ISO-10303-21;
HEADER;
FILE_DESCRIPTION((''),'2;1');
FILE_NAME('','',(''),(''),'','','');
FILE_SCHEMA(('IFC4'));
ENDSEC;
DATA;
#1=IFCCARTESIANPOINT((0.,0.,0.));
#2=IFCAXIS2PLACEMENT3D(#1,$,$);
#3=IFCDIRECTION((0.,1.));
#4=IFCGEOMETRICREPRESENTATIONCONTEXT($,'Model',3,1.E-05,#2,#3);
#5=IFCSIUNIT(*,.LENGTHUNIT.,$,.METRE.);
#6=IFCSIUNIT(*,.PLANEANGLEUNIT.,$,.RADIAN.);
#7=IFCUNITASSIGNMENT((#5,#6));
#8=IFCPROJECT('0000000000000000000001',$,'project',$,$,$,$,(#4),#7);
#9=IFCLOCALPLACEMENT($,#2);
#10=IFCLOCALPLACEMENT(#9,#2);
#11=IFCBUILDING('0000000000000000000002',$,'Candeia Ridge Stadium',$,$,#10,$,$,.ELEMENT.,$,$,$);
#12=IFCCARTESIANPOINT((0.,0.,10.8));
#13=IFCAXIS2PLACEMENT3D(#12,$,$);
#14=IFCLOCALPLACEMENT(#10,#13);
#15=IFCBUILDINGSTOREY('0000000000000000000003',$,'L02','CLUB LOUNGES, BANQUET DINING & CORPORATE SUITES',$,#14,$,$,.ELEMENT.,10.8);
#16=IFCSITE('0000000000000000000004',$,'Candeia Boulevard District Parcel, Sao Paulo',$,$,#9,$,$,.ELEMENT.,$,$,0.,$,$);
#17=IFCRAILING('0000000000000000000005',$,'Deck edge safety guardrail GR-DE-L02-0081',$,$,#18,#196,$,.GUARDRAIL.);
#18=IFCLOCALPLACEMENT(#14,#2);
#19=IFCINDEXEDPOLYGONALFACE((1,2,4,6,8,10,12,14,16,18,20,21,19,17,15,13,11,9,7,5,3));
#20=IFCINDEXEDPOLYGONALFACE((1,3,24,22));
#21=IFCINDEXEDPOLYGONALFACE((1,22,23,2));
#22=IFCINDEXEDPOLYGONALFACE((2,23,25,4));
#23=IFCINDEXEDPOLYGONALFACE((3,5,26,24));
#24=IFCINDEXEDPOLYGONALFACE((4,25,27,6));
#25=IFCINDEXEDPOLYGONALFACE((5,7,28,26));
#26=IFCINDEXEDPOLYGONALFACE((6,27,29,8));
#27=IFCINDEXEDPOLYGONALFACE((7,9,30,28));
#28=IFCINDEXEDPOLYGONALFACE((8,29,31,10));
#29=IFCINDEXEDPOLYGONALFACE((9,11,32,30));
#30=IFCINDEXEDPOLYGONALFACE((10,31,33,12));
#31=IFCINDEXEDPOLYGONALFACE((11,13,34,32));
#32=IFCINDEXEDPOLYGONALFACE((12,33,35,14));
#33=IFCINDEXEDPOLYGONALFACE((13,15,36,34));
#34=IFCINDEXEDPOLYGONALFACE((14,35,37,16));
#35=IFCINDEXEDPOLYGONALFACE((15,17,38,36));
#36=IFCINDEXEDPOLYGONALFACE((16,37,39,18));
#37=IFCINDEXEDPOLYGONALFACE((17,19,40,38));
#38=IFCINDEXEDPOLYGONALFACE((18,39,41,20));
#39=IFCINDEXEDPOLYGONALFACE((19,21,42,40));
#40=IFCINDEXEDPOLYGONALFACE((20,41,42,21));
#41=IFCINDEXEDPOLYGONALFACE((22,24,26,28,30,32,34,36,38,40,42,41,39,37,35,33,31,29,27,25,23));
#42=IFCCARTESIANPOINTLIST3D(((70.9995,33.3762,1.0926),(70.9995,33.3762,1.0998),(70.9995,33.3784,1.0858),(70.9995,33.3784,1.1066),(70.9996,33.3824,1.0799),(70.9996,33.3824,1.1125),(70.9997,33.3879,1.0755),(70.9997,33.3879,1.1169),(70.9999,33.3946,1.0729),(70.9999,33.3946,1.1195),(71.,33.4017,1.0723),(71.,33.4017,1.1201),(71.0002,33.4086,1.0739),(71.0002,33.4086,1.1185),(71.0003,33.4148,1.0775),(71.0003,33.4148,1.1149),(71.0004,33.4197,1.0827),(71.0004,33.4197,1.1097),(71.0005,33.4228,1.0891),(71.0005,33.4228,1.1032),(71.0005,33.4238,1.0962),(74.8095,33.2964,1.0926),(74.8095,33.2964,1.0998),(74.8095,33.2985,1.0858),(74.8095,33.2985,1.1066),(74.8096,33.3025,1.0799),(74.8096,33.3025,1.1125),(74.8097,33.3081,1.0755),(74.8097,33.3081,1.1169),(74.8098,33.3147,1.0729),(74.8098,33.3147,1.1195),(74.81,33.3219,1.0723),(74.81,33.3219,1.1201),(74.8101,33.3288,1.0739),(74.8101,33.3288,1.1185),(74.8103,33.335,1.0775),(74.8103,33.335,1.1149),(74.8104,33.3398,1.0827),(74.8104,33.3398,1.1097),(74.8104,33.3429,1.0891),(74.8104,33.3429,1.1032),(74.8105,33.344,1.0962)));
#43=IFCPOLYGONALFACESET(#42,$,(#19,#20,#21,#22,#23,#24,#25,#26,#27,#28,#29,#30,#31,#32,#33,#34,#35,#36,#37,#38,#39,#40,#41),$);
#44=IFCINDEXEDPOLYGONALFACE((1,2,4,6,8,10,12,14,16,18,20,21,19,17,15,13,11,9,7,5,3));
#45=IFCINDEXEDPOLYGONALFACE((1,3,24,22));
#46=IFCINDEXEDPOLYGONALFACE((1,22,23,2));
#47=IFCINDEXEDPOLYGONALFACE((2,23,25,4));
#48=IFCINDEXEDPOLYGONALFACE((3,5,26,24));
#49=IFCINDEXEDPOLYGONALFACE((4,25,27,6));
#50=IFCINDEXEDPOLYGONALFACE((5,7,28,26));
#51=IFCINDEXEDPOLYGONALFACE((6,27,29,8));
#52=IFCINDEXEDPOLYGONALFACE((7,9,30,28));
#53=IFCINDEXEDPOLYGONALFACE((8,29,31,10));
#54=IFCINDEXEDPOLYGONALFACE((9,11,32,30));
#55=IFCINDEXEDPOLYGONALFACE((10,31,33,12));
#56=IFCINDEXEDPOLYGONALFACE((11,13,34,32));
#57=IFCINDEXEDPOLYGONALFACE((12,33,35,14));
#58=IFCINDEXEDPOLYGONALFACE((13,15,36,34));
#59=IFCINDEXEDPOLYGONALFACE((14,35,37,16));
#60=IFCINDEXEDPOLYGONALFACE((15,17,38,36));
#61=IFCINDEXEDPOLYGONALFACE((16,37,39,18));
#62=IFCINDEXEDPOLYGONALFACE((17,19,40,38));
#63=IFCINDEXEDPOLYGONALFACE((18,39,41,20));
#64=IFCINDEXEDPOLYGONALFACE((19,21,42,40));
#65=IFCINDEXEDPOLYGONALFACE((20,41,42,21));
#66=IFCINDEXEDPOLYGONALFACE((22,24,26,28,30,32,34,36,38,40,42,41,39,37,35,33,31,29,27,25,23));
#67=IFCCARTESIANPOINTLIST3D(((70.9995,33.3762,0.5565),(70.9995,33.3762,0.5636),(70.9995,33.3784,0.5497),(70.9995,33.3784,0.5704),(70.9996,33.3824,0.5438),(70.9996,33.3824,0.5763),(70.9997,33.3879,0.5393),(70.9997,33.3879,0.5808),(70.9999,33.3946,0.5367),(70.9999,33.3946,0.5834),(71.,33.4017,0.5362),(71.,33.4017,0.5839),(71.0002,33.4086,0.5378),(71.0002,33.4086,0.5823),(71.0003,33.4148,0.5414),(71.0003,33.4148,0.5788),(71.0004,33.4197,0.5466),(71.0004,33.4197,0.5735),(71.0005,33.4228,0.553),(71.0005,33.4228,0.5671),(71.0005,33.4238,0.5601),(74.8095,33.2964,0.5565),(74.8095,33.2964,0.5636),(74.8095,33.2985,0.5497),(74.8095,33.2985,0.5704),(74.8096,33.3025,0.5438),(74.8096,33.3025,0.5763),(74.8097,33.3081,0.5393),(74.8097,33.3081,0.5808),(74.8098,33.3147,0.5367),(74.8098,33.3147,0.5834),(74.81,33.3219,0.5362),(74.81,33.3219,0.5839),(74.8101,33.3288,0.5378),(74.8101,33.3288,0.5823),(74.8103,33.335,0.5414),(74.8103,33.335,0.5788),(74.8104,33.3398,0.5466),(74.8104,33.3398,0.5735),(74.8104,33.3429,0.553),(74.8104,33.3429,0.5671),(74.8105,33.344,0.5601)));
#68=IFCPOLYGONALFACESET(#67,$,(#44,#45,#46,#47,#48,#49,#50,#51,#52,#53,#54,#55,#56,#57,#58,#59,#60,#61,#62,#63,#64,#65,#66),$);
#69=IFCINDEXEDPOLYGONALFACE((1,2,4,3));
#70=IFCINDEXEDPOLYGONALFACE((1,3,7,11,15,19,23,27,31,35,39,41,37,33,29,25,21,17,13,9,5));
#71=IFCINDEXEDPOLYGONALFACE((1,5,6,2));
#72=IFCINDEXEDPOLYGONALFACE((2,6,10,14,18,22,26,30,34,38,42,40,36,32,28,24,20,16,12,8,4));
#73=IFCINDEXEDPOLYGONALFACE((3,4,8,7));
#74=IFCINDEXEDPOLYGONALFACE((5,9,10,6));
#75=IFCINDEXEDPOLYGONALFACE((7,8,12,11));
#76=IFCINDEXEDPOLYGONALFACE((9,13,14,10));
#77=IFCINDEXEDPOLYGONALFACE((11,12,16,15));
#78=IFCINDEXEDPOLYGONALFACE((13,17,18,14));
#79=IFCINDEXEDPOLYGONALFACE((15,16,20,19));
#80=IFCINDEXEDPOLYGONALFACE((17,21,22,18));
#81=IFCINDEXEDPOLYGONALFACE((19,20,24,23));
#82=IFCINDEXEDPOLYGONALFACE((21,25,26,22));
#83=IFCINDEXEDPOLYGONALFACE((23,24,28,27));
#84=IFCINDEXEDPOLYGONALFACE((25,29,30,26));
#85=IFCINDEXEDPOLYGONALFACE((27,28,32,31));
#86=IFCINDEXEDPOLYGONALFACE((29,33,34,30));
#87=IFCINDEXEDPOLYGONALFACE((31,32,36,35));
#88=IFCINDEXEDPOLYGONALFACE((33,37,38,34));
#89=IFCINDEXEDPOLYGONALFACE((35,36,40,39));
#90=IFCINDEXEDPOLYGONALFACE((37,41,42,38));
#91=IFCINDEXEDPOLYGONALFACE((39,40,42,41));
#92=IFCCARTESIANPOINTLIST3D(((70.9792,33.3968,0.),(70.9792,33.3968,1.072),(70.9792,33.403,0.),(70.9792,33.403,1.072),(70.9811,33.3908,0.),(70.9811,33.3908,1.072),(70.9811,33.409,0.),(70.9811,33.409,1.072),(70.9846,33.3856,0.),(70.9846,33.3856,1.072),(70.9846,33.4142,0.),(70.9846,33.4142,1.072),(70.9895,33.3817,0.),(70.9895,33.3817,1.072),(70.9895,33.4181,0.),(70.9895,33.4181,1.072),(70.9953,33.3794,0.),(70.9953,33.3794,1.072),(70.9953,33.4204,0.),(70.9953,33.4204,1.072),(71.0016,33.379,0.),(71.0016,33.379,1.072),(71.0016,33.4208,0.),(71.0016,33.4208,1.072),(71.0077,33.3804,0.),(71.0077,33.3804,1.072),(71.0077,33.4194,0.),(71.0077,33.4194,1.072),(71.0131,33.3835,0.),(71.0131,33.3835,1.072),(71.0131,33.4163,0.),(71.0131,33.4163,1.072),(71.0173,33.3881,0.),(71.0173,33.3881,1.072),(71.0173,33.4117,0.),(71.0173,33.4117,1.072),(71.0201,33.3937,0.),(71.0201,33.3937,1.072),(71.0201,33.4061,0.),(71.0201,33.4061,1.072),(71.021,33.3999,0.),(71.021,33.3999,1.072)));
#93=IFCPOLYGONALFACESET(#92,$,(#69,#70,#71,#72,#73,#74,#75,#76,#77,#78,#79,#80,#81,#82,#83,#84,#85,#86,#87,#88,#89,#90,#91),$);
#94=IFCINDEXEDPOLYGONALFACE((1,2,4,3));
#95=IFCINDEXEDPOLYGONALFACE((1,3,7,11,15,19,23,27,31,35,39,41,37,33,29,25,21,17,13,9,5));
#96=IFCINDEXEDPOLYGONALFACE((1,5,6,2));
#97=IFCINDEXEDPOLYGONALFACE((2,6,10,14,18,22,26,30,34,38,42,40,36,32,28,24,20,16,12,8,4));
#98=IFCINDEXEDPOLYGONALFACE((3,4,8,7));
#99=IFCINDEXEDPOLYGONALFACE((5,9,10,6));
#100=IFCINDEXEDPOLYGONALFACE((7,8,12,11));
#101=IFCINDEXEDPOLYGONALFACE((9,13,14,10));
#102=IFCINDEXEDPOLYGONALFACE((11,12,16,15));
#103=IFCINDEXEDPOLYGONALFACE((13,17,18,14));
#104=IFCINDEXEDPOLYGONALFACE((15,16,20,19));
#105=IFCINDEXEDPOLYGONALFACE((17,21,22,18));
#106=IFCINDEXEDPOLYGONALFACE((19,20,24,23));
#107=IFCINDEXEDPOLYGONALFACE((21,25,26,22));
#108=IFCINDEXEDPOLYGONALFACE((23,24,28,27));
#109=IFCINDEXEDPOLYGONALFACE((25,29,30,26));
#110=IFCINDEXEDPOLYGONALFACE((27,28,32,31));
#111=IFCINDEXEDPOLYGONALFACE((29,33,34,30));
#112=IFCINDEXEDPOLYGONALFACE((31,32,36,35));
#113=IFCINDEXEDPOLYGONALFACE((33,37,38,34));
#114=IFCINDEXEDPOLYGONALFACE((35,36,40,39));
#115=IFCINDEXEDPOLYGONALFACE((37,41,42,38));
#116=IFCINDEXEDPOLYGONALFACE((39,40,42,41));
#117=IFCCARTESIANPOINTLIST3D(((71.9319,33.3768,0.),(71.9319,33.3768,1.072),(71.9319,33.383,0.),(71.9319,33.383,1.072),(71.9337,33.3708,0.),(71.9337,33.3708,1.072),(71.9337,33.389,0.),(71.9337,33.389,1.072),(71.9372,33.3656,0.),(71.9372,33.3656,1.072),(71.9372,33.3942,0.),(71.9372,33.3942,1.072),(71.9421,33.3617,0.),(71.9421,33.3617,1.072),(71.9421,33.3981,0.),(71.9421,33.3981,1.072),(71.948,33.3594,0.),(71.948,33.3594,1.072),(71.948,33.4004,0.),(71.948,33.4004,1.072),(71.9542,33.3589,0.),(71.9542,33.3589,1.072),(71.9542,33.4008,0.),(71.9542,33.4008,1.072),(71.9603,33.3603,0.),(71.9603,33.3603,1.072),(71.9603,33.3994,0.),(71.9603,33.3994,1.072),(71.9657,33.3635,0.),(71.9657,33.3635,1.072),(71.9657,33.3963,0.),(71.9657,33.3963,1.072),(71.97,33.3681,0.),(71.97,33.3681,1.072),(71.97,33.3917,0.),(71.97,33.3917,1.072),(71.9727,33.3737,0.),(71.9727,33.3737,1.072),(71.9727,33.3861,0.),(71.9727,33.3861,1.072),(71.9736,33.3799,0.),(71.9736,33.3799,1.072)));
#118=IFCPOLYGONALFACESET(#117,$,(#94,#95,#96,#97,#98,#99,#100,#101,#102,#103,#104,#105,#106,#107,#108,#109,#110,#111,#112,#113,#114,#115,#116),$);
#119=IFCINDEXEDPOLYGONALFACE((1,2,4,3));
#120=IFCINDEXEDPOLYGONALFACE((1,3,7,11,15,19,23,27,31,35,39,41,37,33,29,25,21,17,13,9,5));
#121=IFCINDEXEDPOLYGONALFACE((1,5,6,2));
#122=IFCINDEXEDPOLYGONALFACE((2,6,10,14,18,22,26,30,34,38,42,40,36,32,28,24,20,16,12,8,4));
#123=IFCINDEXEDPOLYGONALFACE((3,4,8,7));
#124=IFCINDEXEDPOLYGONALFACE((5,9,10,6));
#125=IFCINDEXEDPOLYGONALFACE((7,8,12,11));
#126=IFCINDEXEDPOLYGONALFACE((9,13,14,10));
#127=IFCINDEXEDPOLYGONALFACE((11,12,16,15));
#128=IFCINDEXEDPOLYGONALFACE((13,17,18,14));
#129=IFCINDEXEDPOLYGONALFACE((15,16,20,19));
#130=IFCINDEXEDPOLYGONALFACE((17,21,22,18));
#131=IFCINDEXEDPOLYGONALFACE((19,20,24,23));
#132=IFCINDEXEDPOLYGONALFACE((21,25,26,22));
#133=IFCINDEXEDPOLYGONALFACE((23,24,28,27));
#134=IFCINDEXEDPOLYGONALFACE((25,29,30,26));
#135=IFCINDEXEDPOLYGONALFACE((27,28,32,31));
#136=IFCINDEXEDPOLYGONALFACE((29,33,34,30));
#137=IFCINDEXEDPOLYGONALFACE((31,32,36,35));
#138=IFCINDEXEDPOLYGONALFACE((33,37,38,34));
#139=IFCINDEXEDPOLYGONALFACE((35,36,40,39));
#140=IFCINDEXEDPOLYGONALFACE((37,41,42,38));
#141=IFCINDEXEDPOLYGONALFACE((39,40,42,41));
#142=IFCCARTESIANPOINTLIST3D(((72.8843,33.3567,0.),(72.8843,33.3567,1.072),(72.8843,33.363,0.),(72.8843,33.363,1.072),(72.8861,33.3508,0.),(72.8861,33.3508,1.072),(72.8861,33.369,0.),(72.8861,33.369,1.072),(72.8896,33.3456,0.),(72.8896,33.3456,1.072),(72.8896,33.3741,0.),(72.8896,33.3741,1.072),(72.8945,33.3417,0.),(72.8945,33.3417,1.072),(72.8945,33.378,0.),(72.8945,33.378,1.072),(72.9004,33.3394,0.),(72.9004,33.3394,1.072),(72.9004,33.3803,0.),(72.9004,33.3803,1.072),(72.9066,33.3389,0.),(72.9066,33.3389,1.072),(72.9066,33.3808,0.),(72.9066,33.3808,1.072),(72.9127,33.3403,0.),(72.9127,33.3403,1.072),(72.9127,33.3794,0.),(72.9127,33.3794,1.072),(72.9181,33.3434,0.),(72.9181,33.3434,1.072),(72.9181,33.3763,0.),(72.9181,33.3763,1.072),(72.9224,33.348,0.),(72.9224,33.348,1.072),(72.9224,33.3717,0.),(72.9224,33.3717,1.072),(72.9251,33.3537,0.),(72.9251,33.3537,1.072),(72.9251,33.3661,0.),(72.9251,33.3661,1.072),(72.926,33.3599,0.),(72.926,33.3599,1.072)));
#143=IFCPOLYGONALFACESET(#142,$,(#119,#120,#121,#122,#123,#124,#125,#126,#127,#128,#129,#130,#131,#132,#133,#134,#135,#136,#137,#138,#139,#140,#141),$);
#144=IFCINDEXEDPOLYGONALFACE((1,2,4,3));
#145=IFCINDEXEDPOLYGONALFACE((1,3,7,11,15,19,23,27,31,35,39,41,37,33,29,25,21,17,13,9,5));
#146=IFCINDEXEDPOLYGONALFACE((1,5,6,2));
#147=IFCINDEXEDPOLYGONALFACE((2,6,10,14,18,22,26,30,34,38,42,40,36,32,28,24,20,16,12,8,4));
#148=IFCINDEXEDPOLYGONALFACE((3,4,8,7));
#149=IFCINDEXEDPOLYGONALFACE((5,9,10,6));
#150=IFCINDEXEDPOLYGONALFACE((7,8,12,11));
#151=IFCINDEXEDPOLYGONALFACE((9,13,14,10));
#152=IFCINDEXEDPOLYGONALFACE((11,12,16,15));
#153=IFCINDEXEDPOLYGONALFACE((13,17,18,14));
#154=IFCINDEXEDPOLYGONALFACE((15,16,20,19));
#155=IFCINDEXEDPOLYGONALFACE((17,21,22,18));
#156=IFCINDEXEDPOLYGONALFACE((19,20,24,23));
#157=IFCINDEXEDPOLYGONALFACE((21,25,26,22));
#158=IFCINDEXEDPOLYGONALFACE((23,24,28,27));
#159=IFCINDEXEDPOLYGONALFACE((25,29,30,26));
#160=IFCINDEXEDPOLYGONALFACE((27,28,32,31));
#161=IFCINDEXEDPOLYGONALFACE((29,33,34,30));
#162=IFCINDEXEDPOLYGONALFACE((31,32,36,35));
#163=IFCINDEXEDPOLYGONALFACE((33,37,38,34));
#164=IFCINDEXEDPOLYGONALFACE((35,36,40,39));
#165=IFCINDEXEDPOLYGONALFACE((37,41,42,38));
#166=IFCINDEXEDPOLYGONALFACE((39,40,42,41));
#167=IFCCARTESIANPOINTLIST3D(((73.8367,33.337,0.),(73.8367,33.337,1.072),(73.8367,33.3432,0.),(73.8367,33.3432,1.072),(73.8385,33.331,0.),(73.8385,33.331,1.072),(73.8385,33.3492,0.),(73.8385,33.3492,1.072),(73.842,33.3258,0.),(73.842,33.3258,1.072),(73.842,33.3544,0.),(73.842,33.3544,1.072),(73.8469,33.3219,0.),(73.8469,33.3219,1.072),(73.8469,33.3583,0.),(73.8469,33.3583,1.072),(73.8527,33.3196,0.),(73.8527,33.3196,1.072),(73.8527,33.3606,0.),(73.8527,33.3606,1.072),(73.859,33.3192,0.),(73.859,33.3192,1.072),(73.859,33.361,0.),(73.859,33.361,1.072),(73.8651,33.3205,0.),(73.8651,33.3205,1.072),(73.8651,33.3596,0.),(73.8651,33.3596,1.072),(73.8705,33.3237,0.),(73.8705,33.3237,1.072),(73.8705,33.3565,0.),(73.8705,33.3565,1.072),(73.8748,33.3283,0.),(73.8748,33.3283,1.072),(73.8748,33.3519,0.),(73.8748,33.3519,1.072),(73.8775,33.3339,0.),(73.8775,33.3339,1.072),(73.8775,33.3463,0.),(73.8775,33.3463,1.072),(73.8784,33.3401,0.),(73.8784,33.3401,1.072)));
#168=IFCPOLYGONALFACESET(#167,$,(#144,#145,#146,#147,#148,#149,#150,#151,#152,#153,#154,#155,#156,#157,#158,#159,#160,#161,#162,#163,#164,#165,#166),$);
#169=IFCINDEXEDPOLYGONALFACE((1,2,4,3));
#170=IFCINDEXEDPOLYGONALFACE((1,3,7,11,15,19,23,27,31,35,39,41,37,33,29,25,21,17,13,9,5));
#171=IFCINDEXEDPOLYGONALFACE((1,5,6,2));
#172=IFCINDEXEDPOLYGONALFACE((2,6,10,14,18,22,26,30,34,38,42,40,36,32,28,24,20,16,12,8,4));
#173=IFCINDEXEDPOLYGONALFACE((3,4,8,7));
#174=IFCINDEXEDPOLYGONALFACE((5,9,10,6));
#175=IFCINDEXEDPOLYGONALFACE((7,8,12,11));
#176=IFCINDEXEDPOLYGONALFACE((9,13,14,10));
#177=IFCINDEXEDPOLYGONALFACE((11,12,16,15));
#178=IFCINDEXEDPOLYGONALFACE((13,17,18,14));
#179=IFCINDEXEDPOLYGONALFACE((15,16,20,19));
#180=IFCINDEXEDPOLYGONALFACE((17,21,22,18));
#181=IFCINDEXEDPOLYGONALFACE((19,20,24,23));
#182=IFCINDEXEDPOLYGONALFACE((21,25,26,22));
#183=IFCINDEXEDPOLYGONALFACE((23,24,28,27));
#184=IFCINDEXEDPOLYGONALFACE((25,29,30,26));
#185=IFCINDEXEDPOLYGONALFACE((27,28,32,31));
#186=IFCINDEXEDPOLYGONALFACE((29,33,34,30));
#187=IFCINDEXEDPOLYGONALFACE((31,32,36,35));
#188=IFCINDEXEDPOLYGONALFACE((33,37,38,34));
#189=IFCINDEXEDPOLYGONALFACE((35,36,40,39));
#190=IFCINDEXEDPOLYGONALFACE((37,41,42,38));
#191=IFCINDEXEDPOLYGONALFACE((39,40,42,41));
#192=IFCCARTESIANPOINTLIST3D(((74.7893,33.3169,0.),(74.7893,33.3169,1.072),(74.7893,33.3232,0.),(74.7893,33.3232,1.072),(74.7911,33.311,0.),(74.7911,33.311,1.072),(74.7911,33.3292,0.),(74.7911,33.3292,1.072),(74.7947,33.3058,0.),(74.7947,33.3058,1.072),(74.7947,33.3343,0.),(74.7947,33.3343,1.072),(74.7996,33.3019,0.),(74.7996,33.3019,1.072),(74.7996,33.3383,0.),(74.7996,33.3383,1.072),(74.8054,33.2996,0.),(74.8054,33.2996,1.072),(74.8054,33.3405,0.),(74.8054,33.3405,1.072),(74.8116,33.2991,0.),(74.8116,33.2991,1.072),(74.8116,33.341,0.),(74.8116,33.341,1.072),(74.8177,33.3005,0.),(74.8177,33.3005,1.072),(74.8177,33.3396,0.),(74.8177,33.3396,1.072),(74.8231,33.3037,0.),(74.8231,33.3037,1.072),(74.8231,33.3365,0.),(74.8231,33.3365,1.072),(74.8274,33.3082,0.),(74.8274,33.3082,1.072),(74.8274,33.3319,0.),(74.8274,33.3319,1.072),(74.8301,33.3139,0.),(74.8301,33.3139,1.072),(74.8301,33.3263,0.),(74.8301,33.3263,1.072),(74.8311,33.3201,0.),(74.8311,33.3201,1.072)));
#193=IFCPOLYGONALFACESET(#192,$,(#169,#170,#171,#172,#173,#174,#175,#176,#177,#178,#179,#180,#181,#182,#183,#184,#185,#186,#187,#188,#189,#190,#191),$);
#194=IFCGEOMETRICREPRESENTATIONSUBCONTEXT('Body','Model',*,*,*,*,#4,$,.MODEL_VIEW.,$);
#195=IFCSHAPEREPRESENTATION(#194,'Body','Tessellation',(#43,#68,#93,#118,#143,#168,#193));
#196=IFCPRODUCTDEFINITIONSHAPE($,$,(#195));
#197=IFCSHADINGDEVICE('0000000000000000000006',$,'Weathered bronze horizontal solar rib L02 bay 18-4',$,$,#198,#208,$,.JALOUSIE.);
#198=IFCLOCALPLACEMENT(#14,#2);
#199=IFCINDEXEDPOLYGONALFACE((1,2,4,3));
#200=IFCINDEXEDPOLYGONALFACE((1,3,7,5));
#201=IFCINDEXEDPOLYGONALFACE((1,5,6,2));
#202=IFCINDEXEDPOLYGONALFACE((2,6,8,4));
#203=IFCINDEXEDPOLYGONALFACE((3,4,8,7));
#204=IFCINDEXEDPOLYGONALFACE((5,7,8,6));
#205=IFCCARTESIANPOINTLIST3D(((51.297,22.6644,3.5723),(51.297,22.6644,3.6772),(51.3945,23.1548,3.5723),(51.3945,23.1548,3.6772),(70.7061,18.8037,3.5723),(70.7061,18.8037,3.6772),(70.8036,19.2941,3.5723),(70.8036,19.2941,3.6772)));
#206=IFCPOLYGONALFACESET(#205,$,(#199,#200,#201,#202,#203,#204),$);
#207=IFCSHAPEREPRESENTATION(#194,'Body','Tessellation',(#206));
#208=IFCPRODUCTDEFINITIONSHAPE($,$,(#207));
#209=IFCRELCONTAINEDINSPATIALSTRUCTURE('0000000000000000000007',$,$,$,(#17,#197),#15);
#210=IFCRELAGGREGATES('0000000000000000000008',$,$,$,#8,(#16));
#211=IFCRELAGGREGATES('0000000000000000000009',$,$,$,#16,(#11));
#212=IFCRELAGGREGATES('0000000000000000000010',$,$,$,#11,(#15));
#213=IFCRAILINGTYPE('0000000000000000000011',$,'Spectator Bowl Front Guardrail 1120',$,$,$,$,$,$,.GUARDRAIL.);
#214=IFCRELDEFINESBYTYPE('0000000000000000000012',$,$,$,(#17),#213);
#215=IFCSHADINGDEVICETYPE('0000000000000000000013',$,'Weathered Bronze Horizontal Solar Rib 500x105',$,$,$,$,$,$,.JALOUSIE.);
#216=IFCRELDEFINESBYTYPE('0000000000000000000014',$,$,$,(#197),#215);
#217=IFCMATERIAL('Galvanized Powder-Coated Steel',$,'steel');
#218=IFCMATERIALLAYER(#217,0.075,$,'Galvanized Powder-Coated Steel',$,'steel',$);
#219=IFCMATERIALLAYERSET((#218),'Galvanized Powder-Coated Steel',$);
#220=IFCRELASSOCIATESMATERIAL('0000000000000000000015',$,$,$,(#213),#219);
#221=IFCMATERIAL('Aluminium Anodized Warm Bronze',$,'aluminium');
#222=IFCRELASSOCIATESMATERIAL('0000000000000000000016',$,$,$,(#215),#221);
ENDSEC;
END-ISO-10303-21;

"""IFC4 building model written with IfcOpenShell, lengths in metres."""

from ifc_helpers import new_model, si_unit, direction, frame, origin, origin_2d, place, context, subcontext, project, spatial, rectangle, circle, extrude, material, layer, layer_set, type_object, element, save


model = new_model("IFC4")

# Units and contexts
model_context = context("Model", 3, precision=1e-05, world=origin(), true_north=direction((0.0, 1.0)))
body_context = subcontext(model_context, "Body", "Model", "MODEL_VIEW")
ifc_project = project(units=[si_unit("LENGTHUNIT", "METRE"), si_unit("PLANEANGLEUNIT", "RADIAN")], contexts=[model_context])

# Site, building, storey
site_placement = place(None, origin())
site = spatial("IfcSite", under=ifc_project, at=site_placement, Name="Candeia Boulevard District Parcel, Sao Paulo", CompositionType="ELEMENT", RefElevation=0.0)
building_placement = place(site_placement, origin())
building = spatial("IfcBuilding", under=site, at=building_placement, Name="Candeia Ridge Stadium", CompositionType="ELEMENT")
storey_placement = place(building_placement, frame((0.0, 0.0, 10.8)))
storey = spatial("IfcBuildingStorey", under=building, at=storey_placement, Name="L02", Description="CLUB LOUNGES, BANQUET DINING & CORPORATE SUITES", CompositionType="ELEMENT", Elevation=10.8)

# Shared definitions
ifc_material_1 = material(Name="Aluminium Anodized Warm Bronze", Category="aluminium")

# Railing
ifc_material_2 = material(Name="Galvanized Powder-Coated Steel", Category="steel")
ifc_layer_1 = layer(ifc_material_2, 0.075, Name="Galvanized Powder-Coated Steel", Category="steel")
ifc_layer_set_1 = layer_set([ifc_layer_1], Name="Galvanized Powder-Coated Steel")
railing_type = type_object("IfcRailingType", Name="Spectator Bowl Front Guardrail 1120", PredefinedType="GUARDRAIL", material=ifc_layer_set_1)
railing_placement = place(storey_placement, frame((71.0, 33.3999, 0.0)))
element("IfcRailing", 1, at=railing_placement, inside=storey, type_object=railing_type, Name="Deck edge safety guardrail GR-DE-L02-0081", PredefinedType="GUARDRAIL", context=body_context, shape_type="SweptSolid", body=[
    extrude(circle(Radius=0.0239, at=origin_2d()), frame((0.0, 0.0, 1.0962), z_axis=(0.999781, -0.020949, 0.0), x_axis=(0.020949, 0.999781, 0.0)), (0.0, 0.0, 1.0), 3.8108),
    extrude(circle(Radius=0.0239, at=origin_2d()), frame((0.0, 0.0, 0.5601), z_axis=(0.999781, -0.020949, 0.0), x_axis=(0.020949, 0.999781, 0.0)), (0.0, 0.0, 1.0), 3.8108),
    extrude(circle(Radius=0.021, at=origin_2d()), origin(), (0.0, 0.0, 1.0), 1.072),
    extrude(circle(Radius=0.021, at=origin_2d()), frame((0.9526, -0.02, 0.0)), (0.0, 0.0, 1.0), 1.072),
    extrude(circle(Radius=0.021, at=origin_2d()), frame((1.905, -0.04, 0.0)), (0.0, 0.0, 1.0), 1.072),
    extrude(circle(Radius=0.021, at=origin_2d()), frame((2.8574, -0.0598, 0.0)), (0.0, 0.0, 1.0), 1.072),
    extrude(circle(Radius=0.021, at=origin_2d()), frame((3.8101, -0.0798, 0.0)), (0.0, 0.0, 1.0), 1.072),
])

# Shading device
shading_device_type = type_object("IfcShadingDeviceType", Name="Weathered Bronze Horizontal Solar Rib 500x105", PredefinedType="JALOUSIE", material=ifc_material_1)
shading_device_placement = place(storey_placement, frame((61.0503, 20.9792, 3.5723), z_axis=(0.0, 0.0, 1.0), x_axis=(0.980785, -0.19509, 0.0)))
element("IfcShadingDevice", 2, at=shading_device_placement, inside=storey, type_object=shading_device_type, Name="Weathered bronze horizontal solar rib L02 bay 18-4", PredefinedType="JALOUSIE", context=body_context, shape_type="SweptSolid", body=[
    extrude(rectangle(XDim=19.7893, YDim=0.5, at=origin_2d()), origin(), (0.0, 0.0, 1.0), 0.105),
])

save(model, "model.ifc")
